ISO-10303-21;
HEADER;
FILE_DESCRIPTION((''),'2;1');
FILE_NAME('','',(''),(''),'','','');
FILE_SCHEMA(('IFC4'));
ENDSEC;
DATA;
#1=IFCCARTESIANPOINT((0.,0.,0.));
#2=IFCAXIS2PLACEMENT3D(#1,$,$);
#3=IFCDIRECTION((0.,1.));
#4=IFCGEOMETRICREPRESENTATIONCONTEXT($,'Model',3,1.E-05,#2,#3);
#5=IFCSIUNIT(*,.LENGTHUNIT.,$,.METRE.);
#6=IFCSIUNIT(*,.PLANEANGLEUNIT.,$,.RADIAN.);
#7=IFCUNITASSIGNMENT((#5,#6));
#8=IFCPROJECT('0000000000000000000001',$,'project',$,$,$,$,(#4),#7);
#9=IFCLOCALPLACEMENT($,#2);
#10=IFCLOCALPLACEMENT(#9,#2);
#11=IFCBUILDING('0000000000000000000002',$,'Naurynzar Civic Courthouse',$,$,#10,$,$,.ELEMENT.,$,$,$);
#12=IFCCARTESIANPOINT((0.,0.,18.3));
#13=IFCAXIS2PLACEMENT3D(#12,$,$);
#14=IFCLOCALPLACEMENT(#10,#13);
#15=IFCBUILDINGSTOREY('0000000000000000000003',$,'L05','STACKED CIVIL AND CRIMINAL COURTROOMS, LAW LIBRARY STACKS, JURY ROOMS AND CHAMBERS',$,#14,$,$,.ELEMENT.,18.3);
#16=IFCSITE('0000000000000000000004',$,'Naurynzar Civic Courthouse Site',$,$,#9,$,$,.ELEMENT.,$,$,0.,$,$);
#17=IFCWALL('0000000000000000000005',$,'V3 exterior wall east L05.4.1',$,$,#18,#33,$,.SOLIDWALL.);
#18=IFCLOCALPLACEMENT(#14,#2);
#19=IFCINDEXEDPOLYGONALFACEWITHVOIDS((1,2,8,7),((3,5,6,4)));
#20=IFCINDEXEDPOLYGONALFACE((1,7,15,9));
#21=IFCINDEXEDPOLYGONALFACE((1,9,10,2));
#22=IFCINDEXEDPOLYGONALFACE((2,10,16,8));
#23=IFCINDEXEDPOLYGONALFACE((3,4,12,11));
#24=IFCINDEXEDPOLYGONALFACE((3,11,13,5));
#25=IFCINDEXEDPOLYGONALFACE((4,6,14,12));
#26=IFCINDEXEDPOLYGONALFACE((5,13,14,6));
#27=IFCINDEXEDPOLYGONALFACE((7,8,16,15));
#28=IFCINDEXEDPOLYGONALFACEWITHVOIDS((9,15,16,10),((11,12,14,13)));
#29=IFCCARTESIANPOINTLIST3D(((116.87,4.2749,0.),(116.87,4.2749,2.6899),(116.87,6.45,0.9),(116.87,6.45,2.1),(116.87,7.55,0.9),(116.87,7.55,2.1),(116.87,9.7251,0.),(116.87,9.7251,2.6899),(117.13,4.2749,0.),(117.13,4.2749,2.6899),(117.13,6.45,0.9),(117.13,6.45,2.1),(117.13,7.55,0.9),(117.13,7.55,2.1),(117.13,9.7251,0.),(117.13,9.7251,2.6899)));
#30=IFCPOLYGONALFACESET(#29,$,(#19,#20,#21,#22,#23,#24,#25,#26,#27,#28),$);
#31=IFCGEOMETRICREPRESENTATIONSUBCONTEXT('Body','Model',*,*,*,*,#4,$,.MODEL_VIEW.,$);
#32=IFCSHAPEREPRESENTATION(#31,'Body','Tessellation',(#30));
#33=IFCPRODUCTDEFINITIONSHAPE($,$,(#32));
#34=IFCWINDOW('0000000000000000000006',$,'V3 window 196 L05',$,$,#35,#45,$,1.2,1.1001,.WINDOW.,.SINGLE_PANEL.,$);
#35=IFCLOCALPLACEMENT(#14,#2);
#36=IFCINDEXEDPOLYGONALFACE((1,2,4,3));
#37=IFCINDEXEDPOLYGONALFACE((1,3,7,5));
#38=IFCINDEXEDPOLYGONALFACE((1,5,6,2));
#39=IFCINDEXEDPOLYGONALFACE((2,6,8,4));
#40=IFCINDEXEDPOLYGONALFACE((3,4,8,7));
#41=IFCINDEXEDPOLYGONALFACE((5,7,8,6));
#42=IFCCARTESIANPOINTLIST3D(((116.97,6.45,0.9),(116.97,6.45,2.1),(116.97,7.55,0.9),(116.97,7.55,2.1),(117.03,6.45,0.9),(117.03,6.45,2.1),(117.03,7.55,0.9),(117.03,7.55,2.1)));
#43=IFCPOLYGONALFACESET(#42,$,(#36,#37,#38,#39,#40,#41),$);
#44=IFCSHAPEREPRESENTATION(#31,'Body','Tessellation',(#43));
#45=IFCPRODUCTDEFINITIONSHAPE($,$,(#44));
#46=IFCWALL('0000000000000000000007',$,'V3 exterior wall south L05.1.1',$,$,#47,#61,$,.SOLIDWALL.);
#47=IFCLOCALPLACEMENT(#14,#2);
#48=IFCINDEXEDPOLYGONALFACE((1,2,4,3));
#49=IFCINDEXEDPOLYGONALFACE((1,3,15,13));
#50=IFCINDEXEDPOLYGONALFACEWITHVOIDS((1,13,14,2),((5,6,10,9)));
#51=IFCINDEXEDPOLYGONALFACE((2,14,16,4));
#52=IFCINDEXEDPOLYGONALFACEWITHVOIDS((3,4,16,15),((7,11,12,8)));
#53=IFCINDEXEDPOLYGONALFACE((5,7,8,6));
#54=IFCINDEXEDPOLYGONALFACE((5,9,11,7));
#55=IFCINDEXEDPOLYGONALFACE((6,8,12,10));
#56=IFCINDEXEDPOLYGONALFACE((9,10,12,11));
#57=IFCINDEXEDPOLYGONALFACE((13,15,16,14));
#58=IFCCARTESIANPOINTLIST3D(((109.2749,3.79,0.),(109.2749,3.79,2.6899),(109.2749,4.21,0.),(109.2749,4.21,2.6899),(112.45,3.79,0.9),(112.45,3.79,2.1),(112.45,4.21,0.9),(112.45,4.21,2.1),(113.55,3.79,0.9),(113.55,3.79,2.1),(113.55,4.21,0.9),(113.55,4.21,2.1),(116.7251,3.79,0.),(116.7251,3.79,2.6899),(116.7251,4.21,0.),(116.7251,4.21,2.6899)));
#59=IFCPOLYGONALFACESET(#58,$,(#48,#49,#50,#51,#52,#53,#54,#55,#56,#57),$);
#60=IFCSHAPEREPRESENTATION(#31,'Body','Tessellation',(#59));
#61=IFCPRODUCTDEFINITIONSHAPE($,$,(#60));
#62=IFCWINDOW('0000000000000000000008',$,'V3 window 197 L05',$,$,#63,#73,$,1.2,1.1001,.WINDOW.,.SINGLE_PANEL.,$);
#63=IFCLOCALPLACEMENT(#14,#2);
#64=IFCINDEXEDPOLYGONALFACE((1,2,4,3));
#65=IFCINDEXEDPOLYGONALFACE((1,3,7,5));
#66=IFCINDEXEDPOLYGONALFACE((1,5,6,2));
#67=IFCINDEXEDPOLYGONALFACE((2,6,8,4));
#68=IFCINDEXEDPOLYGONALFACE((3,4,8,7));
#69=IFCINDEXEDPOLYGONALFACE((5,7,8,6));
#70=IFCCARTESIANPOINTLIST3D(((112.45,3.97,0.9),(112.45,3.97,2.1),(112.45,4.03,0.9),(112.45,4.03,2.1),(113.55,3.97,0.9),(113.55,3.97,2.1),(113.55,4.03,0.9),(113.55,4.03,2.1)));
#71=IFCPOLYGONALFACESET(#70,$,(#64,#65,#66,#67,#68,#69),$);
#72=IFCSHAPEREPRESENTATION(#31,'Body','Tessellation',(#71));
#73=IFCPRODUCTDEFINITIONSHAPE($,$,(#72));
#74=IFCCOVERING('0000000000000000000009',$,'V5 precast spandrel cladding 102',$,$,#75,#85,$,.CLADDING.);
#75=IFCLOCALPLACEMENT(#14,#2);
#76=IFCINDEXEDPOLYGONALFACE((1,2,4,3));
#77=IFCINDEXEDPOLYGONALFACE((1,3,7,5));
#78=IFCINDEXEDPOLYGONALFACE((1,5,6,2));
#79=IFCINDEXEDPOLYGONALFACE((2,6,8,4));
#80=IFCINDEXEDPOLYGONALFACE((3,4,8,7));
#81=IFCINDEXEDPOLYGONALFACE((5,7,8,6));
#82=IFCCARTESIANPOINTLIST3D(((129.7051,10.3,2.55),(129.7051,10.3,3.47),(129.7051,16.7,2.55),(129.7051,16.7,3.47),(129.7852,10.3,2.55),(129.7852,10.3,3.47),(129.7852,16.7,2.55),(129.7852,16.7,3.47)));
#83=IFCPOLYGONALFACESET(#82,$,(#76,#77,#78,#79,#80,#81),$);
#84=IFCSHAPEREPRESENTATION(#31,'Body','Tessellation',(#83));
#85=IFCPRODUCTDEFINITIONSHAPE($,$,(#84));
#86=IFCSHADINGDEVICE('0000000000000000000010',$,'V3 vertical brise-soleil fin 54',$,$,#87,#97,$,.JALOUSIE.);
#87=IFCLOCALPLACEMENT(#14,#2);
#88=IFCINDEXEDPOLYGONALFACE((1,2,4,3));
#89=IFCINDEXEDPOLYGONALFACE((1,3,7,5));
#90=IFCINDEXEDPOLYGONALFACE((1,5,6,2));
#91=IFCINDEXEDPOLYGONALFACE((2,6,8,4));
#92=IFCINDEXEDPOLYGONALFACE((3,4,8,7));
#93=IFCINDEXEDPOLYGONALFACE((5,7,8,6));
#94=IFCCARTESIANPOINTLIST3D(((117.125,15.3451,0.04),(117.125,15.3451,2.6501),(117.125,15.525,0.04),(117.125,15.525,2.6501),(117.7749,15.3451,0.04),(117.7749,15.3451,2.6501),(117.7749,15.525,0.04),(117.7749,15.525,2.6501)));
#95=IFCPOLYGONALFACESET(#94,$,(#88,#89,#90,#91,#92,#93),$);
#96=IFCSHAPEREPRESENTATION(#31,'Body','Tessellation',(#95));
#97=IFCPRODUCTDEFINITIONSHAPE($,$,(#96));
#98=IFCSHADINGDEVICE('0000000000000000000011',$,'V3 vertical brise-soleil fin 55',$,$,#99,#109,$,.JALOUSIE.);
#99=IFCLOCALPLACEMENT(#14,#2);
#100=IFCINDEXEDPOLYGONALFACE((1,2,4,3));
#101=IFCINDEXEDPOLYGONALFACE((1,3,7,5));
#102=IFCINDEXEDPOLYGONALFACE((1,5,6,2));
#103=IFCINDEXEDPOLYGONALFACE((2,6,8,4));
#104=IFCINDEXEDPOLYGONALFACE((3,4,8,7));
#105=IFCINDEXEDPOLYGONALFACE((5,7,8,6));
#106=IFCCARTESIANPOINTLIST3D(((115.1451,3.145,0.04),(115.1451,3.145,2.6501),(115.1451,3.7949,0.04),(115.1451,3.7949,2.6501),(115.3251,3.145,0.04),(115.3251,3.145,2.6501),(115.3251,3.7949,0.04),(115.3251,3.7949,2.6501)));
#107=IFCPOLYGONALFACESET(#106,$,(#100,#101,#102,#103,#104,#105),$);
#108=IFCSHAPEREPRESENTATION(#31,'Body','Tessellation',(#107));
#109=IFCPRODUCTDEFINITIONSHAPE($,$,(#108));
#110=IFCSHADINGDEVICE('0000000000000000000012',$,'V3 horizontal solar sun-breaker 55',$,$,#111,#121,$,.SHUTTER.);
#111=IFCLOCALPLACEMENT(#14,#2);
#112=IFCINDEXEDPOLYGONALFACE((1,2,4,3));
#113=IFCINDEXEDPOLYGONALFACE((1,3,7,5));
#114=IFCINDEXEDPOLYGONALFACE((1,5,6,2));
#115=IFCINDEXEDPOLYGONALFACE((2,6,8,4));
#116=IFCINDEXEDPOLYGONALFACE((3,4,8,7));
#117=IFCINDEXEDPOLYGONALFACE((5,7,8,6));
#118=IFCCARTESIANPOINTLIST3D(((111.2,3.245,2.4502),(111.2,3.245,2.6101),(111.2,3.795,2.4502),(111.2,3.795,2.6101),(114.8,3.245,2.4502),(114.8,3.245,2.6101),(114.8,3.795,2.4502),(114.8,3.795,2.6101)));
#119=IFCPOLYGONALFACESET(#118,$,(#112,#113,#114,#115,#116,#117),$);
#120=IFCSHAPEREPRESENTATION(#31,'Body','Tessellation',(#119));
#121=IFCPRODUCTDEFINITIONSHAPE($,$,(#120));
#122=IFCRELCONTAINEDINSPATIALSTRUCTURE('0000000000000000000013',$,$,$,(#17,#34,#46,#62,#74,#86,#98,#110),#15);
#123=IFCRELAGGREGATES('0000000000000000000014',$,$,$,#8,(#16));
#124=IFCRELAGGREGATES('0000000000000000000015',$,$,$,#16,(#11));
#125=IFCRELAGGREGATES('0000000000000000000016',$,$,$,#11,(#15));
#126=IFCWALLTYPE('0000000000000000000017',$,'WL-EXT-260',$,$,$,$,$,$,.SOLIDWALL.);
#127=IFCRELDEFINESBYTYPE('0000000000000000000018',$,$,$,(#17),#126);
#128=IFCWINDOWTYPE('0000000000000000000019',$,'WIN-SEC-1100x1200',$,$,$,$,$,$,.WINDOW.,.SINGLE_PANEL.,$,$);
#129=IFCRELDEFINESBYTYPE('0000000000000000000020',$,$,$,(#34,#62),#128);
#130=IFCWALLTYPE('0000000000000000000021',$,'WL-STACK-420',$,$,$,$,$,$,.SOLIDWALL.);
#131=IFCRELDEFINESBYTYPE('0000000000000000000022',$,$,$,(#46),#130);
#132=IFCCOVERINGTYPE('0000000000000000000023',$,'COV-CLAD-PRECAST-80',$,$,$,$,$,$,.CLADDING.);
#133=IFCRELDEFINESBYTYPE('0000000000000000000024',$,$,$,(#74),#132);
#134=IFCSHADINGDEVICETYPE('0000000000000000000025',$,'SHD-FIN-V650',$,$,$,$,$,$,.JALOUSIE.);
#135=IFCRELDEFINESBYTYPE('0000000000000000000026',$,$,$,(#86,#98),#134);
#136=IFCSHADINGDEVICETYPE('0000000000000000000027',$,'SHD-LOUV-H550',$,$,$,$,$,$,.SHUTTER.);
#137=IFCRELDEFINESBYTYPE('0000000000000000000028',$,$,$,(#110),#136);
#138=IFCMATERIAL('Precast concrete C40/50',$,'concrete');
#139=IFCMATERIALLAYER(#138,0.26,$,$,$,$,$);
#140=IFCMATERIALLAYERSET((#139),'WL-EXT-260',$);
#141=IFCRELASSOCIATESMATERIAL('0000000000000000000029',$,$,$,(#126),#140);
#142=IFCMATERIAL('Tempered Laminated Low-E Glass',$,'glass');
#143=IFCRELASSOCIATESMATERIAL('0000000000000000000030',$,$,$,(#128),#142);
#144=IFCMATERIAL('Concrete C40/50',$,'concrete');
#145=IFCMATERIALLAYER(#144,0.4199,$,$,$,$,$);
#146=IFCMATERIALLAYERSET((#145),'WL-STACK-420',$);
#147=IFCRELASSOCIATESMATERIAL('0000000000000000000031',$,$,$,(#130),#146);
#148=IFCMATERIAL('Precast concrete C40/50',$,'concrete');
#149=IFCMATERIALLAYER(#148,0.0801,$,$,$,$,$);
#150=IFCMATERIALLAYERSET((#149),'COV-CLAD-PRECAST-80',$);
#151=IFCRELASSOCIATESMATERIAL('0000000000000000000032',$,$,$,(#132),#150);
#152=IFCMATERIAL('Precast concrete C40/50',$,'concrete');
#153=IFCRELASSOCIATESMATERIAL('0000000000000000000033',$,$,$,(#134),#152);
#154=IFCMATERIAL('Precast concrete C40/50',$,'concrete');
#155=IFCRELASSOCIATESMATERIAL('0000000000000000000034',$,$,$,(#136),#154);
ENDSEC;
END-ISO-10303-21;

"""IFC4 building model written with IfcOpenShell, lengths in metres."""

from ifc_helpers import new_model, si_unit, direction, frame, frame_2d, origin, origin_2d, place, context, subcontext, project, spatial, rectangle, extrude, material, layer, layer_set, type_object, element, fill, save


model = new_model("IFC4")

# Units and contexts
model_context = context("Model", 3, precision=1e-05, world=origin(), true_north=direction((0.0, 1.0)))
body_context = subcontext(model_context, "Body", "Model", "MODEL_VIEW")
ifc_project = project(units=[si_unit("LENGTHUNIT", "METRE"), si_unit("PLANEANGLEUNIT", "RADIAN")], contexts=[model_context])

# Site, building, storey
site_placement = place(None, origin())
site = spatial("IfcSite", under=ifc_project, at=site_placement, Name="Naurynzar Civic Courthouse Site", CompositionType="ELEMENT", RefElevation=0.0)
building_placement = place(site_placement, origin())
building = spatial("IfcBuilding", under=site, at=building_placement, Name="Naurynzar Civic Courthouse", CompositionType="ELEMENT")
storey_placement = place(building_placement, frame((0.0, 0.0, 18.3)))
storey = spatial("IfcBuildingStorey", under=building, at=storey_placement, Name="L05", Description="STACKED CIVIL AND CRIMINAL COURTROOMS, LAW LIBRARY STACKS, JURY ROOMS AND CHAMBERS", CompositionType="ELEMENT", Elevation=18.3)

# Walls, openings, windows
ifc_material_1 = material(Name="Precast concrete C40/50", Category="concrete")
ifc_layer_1 = layer(ifc_material_1, 0.26)
ifc_layer_set_1 = layer_set([ifc_layer_1], Name="WL-EXT-260")
wall_type_1 = type_object("IfcWallType", Name="WL-EXT-260", PredefinedType="SOLIDWALL", material=ifc_layer_set_1)
wall_1_placement = place(storey_placement, frame((117.0, 9.7251, 0.0), z_axis=(0.0, 0.0, 1.0), x_axis=(0.0, -1.0, 0.0)))
wall_1 = element("IfcWall", 1, at=wall_1_placement, inside=storey, type_object=wall_type_1, Name="V3 exterior wall east L05.4.1", PredefinedType="SOLIDWALL", context=body_context, shape_type="SweptSolid", body=[
    extrude(rectangle(XDim=5.4502, YDim=0.26, at=frame_2d((2.7251, 0.0))), origin(), (0.0, 0.0, 1.0), 2.6899),
])
opening_1_placement = place(wall_1_placement, frame((2.175, 0.0, 0.8999)))
opening_1 = element("IfcOpeningElement", 2, at=opening_1_placement, cuts=wall_1, PredefinedType="OPENING", context=body_context, shape_type="SweptSolid", body=[
    extrude(rectangle(XDim=1.1001, YDim=1.2, at=frame_2d((0.55, 0.6001))), frame((0.0, 0.1399, 0.0), z_axis=(0.0, -1.0, 0.0), x_axis=(1.0, 0.0, 0.0)), (0.0, 0.0, 1.0), 0.28),
])
ifc_material_2 = material(Name="Tempered Laminated Low-E Glass", Category="glass")
window_type_1 = type_object("IfcWindowType", Name="WIN-SEC-1100x1200", PartitioningType="SINGLE_PANEL", PredefinedType="WINDOW", material=ifc_material_2)
window_1_placement = place(opening_1_placement, origin())
window_1 = element("IfcWindow", 3, at=window_1_placement, inside=storey, type_object=window_type_1, Name="V3 window 196 L05", OverallHeight=1.2, OverallWidth=1.1001, PartitioningType="SINGLE_PANEL", PredefinedType="WINDOW", context=body_context, shape_type="SweptSolid", body=[
    extrude(rectangle(XDim=1.1001, YDim=1.2, at=frame_2d((0.55, 0.6001))), frame((0.0, 0.03, 0.0), z_axis=(0.0, -1.0, 0.0), x_axis=(1.0, 0.0, 0.0)), (0.0, 0.0, 1.0), 0.0601),
])
fill(opening_1, window_1)
ifc_material_3 = material(Name="Concrete C40/50", Category="concrete")
ifc_layer_2 = layer(ifc_material_3, 0.4199)
ifc_layer_set_2 = layer_set([ifc_layer_2], Name="WL-STACK-420")
wall_type_2 = type_object("IfcWallType", Name="WL-STACK-420", PredefinedType="SOLIDWALL", material=ifc_layer_set_2)
wall_2_placement = place(storey_placement, frame((116.7251, 4.0, 0.0), z_axis=(0.0, 0.0, 1.0), x_axis=(-1.0, 0.0, 0.0)))
wall_2 = element("IfcWall", 4, at=wall_2_placement, inside=storey, type_object=wall_type_2, Name="V3 exterior wall south L05.1.1", PredefinedType="SOLIDWALL", context=body_context, shape_type="SweptSolid", body=[
    extrude(rectangle(XDim=7.4502, YDim=0.4199, at=frame_2d((3.7251, 0.0))), origin(), (0.0, 0.0, 1.0), 2.6899),
])
opening_2_placement = place(wall_2_placement, frame((3.175, 0.0, 0.8999)))
opening_2 = element("IfcOpeningElement", 5, at=opening_2_placement, cuts=wall_2, PredefinedType="OPENING", context=body_context, shape_type="SweptSolid", body=[
    extrude(rectangle(XDim=1.1001, YDim=1.2, at=frame_2d((0.55, 0.6001))), frame((0.0, 0.22, 0.0), z_axis=(0.0, -1.0, 0.0), x_axis=(1.0, 0.0, 0.0)), (0.0, 0.0, 1.0), 0.4399),
])
window_2_placement = place(opening_2_placement, origin())
window_2 = element("IfcWindow", 6, at=window_2_placement, inside=storey, type_object=window_type_1, Name="V3 window 197 L05", OverallHeight=1.2, OverallWidth=1.1001, PartitioningType="SINGLE_PANEL", PredefinedType="WINDOW", context=body_context, shape_type="SweptSolid", body=[
    extrude(rectangle(XDim=1.1001, YDim=1.2, at=frame_2d((0.55, 0.6001))), frame((0.0, 0.03, 0.0), z_axis=(0.0, -1.0, 0.0), x_axis=(1.0, 0.0, 0.0)), (0.0, 0.0, 1.0), 0.0601),
])
fill(opening_2, window_2)

# Covering
ifc_material_4 = material(Name="Precast concrete C40/50", Category="concrete")
ifc_layer_3 = layer(ifc_material_4, 0.0801)
ifc_layer_set_3 = layer_set([ifc_layer_3], Name="COV-CLAD-PRECAST-80")
covering_type = type_object("IfcCoveringType", Name="COV-CLAD-PRECAST-80", PredefinedType="CLADDING", material=ifc_layer_set_3)
covering_placement = place(storey_placement, frame((129.7451, 13.5, 2.55), z_axis=(0.0, 0.0, 1.0), x_axis=(0.0, 1.0, 0.0)))
element("IfcCovering", 7, at=covering_placement, inside=storey, type_object=covering_type, Name="V5 precast spandrel cladding 102", PredefinedType="CLADDING", context=body_context, shape_type="SweptSolid", body=[
    extrude(rectangle(XDim=6.3999, YDim=0.0801, at=origin_2d()), origin(), (0.0, 0.0, 1.0), 0.9199),
])

# Shading devices
ifc_material_5 = material(Name="Precast concrete C40/50", Category="concrete")
shading_device_type_1 = type_object("IfcShadingDeviceType", Name="SHD-FIN-V650", PredefinedType="JALOUSIE", material=ifc_material_5)
for number, where, z_axis, x_axis, name in (
    (8, (117.45, 15.4351, 0.04), (0.0, 0.0, 1.0), (0.0, -1.0, 0.0), "V3 vertical brise-soleil fin 54"),
    (9, (115.2351, 3.47, 0.04), (0.0, 0.0, 1.0), (-1.0, 0.0, 0.0), "V3 vertical brise-soleil fin 55"),
):
    element("IfcShadingDevice", number, at=place(storey_placement, frame(where, z_axis=z_axis, x_axis=x_axis)), inside=storey, type_object=shading_device_type_1, Name=name, PredefinedType="JALOUSIE", context=body_context, shape_type="SweptSolid", body=[
        extrude(rectangle(XDim=0.1799, YDim=0.6499, at=origin_2d()), origin(), (0.0, 0.0, 1.0), 2.6101),
    ])
ifc_material_6 = material(Name="Precast concrete C40/50", Category="concrete")
shading_device_type_2 = type_object("IfcShadingDeviceType", Name="SHD-LOUV-H550", PredefinedType="SHUTTER", material=ifc_material_6)
shading_device_placement = place(storey_placement, frame((113.0, 3.52, 2.4502), z_axis=(0.0, 0.0, 1.0), x_axis=(-1.0, 0.0, 0.0)))
element("IfcShadingDevice", 10, at=shading_device_placement, inside=storey, type_object=shading_device_type_2, Name="V3 horizontal solar sun-breaker 55", PredefinedType="SHUTTER", context=body_context, shape_type="SweptSolid", body=[
    extrude(rectangle(XDim=3.6001, YDim=0.55, at=origin_2d()), origin(), (0.0, 0.0, 1.0), 0.1599),
])

save(model, "model.ifc")
